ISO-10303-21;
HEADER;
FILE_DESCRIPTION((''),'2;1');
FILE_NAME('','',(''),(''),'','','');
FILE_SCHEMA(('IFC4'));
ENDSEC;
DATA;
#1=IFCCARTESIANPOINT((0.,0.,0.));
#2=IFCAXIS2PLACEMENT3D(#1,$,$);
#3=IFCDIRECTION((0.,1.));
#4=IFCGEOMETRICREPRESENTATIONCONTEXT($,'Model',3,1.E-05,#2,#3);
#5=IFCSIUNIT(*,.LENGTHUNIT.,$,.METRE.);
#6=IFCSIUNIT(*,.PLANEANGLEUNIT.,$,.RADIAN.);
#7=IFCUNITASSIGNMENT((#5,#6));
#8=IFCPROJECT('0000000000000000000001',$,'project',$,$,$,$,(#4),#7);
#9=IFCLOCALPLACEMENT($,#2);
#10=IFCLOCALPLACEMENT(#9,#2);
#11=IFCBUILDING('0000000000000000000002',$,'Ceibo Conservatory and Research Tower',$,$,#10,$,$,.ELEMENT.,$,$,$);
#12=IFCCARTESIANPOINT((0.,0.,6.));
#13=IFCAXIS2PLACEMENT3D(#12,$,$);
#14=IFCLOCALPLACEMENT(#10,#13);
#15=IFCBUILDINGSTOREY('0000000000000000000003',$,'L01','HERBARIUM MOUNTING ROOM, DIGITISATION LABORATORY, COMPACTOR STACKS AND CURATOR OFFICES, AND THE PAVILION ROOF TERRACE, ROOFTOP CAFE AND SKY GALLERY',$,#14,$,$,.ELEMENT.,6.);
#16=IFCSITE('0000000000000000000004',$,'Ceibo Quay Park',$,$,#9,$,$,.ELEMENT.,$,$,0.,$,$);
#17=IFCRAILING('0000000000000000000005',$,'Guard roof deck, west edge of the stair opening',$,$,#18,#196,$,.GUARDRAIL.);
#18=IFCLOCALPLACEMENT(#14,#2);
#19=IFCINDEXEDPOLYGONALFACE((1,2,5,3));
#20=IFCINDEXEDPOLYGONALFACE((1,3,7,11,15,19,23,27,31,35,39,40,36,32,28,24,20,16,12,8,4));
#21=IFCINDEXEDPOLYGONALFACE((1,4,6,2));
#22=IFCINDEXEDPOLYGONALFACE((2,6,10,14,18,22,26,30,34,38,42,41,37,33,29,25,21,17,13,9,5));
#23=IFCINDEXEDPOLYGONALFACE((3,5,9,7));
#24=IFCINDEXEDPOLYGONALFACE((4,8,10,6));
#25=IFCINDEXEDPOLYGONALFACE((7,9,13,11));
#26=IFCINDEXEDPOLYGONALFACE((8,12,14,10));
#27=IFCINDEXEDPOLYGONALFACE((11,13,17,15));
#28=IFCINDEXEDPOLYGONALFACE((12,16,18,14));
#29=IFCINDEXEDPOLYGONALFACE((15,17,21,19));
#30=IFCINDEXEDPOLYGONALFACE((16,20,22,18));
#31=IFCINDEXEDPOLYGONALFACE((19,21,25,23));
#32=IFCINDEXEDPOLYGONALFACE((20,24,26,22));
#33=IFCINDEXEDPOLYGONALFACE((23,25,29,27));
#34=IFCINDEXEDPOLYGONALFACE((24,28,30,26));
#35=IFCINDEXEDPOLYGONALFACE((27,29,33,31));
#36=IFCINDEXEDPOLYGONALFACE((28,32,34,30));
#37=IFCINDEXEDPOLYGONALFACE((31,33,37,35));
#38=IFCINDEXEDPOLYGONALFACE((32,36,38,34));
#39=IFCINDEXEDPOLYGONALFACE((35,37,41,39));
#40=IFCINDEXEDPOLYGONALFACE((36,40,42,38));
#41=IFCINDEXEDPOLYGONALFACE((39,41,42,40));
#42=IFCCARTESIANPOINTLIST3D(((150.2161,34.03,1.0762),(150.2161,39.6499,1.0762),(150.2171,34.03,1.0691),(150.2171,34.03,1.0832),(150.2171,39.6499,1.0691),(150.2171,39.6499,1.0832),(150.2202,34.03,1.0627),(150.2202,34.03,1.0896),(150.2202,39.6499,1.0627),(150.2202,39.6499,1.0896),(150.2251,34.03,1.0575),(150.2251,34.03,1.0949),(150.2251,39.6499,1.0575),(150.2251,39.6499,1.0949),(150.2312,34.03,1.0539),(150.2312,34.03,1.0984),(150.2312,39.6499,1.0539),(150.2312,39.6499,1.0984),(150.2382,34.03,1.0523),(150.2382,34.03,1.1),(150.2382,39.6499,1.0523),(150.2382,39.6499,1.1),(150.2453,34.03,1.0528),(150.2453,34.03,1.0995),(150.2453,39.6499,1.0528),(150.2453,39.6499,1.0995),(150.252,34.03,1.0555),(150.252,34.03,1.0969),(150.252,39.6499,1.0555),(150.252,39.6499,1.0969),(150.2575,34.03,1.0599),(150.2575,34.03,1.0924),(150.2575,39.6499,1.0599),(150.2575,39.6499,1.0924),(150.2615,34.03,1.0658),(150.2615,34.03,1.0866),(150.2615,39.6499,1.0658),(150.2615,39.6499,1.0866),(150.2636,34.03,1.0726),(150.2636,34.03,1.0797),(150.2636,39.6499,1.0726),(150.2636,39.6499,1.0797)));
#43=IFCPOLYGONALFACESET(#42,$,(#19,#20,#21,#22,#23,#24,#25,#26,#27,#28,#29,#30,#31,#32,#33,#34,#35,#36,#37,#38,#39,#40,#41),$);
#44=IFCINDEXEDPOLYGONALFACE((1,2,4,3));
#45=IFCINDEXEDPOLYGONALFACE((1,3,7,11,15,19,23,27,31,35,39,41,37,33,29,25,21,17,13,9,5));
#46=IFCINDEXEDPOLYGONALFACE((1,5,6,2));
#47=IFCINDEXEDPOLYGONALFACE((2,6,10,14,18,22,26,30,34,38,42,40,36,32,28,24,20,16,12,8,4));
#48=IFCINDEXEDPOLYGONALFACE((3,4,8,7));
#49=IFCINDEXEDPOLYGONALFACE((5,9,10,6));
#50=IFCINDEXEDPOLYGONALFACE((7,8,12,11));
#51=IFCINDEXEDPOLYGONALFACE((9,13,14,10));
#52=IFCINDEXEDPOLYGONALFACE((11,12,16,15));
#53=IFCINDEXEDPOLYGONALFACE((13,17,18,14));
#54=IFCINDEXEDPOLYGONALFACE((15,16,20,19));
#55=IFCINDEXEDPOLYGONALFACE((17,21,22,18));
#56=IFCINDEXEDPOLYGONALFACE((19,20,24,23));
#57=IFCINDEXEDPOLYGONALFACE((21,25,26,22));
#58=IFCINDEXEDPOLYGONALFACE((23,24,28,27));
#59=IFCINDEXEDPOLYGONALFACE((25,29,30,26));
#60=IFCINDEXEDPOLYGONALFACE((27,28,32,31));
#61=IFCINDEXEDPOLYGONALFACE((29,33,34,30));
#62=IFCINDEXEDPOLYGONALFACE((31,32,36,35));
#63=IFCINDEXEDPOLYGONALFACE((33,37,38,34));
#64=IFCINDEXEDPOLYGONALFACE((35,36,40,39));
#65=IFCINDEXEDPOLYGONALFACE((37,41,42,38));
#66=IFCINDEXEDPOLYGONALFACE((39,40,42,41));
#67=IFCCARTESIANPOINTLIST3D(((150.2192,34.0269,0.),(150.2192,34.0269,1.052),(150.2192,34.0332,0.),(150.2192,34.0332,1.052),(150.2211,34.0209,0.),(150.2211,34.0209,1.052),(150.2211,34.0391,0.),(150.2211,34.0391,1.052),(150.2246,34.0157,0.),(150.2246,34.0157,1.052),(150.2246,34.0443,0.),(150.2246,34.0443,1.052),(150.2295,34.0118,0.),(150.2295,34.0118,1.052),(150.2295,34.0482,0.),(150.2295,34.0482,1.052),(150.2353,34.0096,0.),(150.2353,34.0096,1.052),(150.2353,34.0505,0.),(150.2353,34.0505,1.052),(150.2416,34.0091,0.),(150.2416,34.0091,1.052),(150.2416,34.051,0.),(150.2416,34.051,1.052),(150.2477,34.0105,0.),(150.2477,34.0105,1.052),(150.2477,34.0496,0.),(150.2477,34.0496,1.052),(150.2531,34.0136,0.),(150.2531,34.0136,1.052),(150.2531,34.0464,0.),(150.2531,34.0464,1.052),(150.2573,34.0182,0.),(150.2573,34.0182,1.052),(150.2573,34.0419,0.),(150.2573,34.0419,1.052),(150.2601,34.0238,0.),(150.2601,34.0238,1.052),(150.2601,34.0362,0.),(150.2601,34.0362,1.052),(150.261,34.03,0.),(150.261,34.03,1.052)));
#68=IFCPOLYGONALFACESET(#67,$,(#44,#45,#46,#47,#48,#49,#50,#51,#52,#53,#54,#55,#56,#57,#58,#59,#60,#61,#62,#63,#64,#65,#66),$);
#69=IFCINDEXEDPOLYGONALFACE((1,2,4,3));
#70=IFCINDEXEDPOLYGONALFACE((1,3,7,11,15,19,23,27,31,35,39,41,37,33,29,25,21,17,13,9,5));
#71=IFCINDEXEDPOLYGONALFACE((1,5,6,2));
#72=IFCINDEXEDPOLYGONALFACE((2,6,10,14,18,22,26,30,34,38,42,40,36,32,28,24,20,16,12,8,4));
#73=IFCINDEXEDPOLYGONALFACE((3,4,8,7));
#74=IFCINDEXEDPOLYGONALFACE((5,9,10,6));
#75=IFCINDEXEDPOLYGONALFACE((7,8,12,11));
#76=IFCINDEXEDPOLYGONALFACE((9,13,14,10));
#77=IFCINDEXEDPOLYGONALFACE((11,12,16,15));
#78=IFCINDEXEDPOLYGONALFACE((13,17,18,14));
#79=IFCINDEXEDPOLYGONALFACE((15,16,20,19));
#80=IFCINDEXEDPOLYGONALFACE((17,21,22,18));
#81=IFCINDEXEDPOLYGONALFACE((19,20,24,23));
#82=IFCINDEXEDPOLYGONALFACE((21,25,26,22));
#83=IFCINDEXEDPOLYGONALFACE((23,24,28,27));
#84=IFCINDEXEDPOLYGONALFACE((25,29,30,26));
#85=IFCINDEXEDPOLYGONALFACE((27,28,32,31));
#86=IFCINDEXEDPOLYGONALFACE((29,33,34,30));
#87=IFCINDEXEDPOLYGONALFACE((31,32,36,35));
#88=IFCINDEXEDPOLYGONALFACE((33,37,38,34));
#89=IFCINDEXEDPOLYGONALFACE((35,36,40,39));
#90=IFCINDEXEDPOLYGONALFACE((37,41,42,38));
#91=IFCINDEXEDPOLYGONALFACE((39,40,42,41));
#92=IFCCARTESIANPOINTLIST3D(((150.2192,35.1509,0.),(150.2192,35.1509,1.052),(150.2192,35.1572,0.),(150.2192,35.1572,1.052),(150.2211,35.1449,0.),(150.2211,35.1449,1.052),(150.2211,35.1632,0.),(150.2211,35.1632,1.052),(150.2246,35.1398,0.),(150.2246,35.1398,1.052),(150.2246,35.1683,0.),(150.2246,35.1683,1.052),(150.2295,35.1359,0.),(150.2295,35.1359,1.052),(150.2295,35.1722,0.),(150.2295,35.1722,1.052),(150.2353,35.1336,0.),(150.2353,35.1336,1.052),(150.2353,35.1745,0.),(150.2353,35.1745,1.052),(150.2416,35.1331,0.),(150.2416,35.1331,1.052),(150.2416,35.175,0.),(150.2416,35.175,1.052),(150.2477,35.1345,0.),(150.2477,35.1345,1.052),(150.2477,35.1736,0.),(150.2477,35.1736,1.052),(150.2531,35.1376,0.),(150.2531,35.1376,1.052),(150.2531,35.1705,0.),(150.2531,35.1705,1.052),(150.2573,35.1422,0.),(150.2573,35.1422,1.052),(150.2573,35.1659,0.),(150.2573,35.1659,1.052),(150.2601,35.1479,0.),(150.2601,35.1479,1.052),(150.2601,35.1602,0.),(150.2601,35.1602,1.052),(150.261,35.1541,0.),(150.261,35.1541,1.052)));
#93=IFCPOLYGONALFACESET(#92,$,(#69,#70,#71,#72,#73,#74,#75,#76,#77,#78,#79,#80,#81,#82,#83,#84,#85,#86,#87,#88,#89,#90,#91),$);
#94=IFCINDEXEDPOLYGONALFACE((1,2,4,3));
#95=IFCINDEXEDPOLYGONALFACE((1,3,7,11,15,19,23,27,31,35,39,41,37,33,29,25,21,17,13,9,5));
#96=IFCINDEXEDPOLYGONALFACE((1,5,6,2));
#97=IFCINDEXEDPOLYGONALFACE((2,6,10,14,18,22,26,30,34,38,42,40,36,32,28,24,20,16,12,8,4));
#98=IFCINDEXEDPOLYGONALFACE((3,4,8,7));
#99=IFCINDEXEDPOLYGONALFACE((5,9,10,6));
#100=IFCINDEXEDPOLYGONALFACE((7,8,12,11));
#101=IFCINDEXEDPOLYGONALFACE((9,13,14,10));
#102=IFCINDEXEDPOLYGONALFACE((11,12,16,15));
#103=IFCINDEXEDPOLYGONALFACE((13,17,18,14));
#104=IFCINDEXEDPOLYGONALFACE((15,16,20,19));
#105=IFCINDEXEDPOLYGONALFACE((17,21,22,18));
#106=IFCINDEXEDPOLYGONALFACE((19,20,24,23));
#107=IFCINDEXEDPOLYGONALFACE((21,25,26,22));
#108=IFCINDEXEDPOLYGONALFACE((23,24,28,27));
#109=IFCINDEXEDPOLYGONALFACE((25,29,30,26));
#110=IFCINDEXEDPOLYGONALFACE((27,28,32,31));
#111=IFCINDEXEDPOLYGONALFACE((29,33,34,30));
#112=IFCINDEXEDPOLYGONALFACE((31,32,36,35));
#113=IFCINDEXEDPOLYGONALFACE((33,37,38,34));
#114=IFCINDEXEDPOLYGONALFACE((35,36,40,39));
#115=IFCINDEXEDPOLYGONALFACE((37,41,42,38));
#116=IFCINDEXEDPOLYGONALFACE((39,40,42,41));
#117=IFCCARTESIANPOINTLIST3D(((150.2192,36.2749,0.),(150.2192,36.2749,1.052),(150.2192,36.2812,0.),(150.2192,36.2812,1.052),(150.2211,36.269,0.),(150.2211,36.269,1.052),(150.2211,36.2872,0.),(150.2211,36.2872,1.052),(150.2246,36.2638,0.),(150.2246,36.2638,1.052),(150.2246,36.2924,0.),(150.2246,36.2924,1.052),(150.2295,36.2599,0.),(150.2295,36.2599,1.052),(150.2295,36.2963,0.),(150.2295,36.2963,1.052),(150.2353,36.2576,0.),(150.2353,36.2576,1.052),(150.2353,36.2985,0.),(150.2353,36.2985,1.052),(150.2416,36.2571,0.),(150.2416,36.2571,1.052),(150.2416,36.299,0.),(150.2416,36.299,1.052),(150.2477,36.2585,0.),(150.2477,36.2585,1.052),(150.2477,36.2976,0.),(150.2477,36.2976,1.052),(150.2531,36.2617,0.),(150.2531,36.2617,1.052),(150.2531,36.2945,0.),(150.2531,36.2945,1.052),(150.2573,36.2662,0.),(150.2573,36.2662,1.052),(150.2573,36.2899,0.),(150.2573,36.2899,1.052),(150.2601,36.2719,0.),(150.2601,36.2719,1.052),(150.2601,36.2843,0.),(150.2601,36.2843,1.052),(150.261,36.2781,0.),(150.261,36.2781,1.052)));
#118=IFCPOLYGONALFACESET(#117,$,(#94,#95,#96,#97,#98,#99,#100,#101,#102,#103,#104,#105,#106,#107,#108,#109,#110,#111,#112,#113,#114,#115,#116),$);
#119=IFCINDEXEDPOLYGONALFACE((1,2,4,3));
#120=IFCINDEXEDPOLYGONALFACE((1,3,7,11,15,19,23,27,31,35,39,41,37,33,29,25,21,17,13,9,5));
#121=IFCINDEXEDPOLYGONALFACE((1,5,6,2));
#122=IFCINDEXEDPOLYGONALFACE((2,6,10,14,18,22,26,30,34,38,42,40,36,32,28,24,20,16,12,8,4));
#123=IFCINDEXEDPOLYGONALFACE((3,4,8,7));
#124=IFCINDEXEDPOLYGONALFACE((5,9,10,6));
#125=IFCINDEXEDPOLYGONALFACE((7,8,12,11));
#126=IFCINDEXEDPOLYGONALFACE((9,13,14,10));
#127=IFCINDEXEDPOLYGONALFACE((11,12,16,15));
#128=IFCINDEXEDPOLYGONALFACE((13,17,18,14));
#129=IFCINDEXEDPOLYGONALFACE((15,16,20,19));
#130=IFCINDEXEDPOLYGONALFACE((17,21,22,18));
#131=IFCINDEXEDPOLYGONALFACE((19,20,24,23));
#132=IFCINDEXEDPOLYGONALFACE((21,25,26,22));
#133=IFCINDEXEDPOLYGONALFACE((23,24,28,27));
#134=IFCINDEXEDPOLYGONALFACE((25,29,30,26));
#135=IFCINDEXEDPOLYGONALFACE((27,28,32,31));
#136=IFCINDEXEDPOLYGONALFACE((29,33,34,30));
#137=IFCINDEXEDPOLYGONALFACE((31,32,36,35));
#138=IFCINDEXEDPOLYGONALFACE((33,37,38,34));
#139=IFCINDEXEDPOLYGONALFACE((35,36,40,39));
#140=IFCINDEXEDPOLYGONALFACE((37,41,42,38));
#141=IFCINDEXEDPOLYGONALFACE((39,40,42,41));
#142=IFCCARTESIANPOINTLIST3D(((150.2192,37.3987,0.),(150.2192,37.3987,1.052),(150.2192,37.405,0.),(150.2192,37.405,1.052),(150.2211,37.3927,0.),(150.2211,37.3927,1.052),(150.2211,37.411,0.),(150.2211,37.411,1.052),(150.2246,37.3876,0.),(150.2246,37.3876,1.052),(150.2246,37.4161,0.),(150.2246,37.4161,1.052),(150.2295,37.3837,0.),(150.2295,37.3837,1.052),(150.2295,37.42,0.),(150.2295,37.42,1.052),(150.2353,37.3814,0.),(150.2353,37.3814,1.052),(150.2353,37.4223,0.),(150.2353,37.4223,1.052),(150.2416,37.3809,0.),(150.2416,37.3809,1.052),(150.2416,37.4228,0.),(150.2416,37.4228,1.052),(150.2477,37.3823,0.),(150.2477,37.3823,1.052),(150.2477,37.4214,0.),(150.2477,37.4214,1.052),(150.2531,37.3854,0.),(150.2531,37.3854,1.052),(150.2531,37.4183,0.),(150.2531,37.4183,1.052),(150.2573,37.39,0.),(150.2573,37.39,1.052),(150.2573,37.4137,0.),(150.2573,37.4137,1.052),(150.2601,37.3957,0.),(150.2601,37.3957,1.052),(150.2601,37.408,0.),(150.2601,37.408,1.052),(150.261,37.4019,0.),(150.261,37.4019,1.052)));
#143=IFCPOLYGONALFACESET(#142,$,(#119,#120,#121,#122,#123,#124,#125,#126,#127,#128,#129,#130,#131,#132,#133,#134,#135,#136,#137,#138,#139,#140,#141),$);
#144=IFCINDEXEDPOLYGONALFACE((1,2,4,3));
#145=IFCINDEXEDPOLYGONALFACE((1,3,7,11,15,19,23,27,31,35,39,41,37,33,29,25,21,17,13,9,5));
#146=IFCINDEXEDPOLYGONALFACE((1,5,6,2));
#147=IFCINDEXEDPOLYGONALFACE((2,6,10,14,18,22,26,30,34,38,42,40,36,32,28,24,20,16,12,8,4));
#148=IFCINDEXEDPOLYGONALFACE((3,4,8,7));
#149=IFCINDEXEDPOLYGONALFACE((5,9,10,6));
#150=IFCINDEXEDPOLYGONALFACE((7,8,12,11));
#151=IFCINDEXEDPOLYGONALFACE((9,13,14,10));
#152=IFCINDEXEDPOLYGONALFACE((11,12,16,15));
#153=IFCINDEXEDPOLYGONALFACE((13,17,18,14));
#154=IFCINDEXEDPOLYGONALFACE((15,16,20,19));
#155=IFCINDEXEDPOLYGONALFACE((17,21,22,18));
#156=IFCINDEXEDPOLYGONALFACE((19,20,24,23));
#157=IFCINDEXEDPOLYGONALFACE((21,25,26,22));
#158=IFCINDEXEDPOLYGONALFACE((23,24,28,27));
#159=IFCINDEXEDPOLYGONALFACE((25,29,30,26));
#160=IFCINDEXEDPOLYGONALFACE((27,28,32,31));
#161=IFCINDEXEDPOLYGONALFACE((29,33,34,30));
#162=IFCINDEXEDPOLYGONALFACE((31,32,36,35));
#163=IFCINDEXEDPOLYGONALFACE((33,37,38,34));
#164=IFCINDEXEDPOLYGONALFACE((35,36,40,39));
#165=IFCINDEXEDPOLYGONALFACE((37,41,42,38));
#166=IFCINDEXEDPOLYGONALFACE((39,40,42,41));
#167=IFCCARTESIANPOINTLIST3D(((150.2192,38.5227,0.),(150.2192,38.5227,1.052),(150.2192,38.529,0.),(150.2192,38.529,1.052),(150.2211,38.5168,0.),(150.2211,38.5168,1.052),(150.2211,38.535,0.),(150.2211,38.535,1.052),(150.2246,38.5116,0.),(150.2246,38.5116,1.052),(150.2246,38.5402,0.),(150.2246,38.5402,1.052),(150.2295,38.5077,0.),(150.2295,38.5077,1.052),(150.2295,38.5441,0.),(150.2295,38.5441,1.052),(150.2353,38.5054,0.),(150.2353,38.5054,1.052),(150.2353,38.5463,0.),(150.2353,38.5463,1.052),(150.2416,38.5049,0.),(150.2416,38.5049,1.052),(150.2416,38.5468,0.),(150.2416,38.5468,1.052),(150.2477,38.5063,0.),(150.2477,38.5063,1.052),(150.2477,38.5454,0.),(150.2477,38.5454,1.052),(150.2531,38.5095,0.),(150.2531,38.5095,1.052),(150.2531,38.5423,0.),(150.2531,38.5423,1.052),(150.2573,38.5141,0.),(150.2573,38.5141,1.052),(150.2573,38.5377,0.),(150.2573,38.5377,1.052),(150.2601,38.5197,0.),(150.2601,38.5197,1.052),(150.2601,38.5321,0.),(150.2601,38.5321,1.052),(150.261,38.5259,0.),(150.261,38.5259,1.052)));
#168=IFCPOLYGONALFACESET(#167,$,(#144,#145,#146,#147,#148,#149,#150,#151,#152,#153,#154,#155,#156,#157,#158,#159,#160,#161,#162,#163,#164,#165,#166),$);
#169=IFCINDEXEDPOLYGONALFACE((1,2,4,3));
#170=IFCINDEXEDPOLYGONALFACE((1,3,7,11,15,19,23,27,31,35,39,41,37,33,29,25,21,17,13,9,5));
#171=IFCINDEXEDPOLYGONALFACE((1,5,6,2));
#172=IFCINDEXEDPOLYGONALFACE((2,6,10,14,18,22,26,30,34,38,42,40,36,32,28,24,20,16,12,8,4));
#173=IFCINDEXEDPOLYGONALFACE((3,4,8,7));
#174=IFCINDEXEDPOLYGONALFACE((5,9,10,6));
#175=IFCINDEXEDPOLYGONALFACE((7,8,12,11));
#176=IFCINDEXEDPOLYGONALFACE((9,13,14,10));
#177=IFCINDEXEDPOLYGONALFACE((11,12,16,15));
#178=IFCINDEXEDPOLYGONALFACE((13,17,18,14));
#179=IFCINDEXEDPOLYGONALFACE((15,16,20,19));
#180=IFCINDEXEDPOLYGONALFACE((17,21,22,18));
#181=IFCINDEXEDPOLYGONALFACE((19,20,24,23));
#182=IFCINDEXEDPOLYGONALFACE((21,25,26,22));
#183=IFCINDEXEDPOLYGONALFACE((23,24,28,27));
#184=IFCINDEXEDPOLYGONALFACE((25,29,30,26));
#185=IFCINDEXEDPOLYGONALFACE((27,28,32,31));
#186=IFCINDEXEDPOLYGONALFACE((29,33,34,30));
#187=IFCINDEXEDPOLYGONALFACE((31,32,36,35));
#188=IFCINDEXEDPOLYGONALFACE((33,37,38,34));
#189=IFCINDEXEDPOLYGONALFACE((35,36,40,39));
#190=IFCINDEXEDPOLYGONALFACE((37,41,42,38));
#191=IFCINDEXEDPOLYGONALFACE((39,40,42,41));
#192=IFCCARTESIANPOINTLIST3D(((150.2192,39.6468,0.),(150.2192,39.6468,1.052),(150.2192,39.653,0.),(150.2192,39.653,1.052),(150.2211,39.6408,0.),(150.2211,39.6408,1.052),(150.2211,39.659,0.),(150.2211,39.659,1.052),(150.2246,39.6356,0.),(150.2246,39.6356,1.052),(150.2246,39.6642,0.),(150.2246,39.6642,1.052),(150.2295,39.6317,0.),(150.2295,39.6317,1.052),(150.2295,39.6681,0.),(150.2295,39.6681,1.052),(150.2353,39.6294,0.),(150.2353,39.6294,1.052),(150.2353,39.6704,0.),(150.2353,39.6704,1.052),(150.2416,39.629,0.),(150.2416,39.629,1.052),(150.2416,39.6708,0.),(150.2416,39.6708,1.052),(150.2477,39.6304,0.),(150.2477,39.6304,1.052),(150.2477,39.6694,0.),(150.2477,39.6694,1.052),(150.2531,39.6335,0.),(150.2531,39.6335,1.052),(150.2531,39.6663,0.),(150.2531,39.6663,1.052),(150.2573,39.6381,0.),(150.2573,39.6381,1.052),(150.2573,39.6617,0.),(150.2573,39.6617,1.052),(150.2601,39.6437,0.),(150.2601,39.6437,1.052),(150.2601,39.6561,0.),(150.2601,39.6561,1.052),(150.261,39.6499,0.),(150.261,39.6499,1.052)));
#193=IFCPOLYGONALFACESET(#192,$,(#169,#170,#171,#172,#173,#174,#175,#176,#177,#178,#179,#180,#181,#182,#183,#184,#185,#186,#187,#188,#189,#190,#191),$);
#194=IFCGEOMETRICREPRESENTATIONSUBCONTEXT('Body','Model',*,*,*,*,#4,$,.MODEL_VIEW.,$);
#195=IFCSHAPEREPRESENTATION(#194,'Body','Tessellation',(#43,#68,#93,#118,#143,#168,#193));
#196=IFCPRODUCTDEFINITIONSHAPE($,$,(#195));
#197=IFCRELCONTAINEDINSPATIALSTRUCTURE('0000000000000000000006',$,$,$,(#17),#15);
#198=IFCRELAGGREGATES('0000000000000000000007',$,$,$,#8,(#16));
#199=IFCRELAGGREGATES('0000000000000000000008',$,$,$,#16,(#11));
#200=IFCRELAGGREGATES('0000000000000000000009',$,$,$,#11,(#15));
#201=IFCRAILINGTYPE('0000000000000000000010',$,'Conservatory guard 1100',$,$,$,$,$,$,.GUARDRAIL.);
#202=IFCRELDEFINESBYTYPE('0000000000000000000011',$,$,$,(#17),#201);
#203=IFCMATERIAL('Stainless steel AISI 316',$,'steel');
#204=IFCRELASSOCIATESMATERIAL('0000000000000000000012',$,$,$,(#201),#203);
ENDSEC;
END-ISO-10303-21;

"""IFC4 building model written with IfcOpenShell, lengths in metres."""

from ifc_helpers import new_model, si_unit, direction, frame, origin, origin_2d, place, context, subcontext, project, spatial, circle, extrude, material, type_object, element, save


model = new_model("IFC4")

# Units and contexts
model_context = context("Model", 3, precision=1e-05, world=origin(), true_north=direction((0.0, 1.0)))
body_context = subcontext(model_context, "Body", "Model", "MODEL_VIEW")
ifc_project = project(units=[si_unit("LENGTHUNIT", "METRE"), si_unit("PLANEANGLEUNIT", "RADIAN")], contexts=[model_context])

# Site, building, storey
site_placement = place(None, origin())
site = spatial("IfcSite", under=ifc_project, at=site_placement, Name="Ceibo Quay Park", CompositionType="ELEMENT", RefElevation=0.0)
building_placement = place(site_placement, origin())
building = spatial("IfcBuilding", under=site, at=building_placement, Name="Ceibo Conservatory and Research Tower", CompositionType="ELEMENT")
storey_placement = place(building_placement, frame((0.0, 0.0, 6.0)))
storey = spatial("IfcBuildingStorey", under=building, at=storey_placement, Name="L01", Description="HERBARIUM MOUNTING ROOM, DIGITISATION LABORATORY, COMPACTOR STACKS AND CURATOR OFFICES, AND THE PAVILION ROOF TERRACE, ROOFTOP CAFE AND SKY GALLERY", CompositionType="ELEMENT", Elevation=6.0)

# Railing
ifc_material_1 = material(Name="Stainless steel AISI 316", Category="steel")
railing_type_1 = type_object("IfcRailingType", Name="Conservatory guard 1100", PredefinedType="GUARDRAIL", material=ifc_material_1)
railing_1_placement = place(storey_placement, frame((150.24, 34.03, 0.0)))
element("IfcRailing", 1, at=railing_1_placement, inside=storey, type_object=railing_type_1, Name="Guard roof deck, west edge of the stair opening", PredefinedType="GUARDRAIL", context=body_context, shape_type="SweptSolid", body=[
    extrude(circle(Radius=0.0239, at=origin_2d()), frame((0.0, 0.0, 1.0762), z_axis=(0.0, 1.0, 0.0), x_axis=(-1.0, 0.0, 0.0)), (0.0, 0.0, 1.0), 5.6199),
    extrude(circle(Radius=0.021, at=origin_2d()), origin(), (0.0, 0.0, 1.0), 1.052),
    extrude(circle(Radius=0.021, at=origin_2d()), frame((0.0, 1.124, 0.0)), (0.0, 0.0, 1.0), 1.052),
    extrude(circle(Radius=0.021, at=origin_2d()), frame((0.0, 2.248, 0.0)), (0.0, 0.0, 1.0), 1.052),
    extrude(circle(Radius=0.021, at=origin_2d()), frame((0.0, 3.3718, 0.0)), (0.0, 0.0, 1.0), 1.052),
    extrude(circle(Radius=0.021, at=origin_2d()), frame((0.0, 4.4958, 0.0)), (0.0, 0.0, 1.0), 1.052),
    extrude(circle(Radius=0.021, at=origin_2d()), frame((0.0, 5.6199, 0.0)), (0.0, 0.0, 1.0), 1.052),
])

save(model, "model.ifc")
